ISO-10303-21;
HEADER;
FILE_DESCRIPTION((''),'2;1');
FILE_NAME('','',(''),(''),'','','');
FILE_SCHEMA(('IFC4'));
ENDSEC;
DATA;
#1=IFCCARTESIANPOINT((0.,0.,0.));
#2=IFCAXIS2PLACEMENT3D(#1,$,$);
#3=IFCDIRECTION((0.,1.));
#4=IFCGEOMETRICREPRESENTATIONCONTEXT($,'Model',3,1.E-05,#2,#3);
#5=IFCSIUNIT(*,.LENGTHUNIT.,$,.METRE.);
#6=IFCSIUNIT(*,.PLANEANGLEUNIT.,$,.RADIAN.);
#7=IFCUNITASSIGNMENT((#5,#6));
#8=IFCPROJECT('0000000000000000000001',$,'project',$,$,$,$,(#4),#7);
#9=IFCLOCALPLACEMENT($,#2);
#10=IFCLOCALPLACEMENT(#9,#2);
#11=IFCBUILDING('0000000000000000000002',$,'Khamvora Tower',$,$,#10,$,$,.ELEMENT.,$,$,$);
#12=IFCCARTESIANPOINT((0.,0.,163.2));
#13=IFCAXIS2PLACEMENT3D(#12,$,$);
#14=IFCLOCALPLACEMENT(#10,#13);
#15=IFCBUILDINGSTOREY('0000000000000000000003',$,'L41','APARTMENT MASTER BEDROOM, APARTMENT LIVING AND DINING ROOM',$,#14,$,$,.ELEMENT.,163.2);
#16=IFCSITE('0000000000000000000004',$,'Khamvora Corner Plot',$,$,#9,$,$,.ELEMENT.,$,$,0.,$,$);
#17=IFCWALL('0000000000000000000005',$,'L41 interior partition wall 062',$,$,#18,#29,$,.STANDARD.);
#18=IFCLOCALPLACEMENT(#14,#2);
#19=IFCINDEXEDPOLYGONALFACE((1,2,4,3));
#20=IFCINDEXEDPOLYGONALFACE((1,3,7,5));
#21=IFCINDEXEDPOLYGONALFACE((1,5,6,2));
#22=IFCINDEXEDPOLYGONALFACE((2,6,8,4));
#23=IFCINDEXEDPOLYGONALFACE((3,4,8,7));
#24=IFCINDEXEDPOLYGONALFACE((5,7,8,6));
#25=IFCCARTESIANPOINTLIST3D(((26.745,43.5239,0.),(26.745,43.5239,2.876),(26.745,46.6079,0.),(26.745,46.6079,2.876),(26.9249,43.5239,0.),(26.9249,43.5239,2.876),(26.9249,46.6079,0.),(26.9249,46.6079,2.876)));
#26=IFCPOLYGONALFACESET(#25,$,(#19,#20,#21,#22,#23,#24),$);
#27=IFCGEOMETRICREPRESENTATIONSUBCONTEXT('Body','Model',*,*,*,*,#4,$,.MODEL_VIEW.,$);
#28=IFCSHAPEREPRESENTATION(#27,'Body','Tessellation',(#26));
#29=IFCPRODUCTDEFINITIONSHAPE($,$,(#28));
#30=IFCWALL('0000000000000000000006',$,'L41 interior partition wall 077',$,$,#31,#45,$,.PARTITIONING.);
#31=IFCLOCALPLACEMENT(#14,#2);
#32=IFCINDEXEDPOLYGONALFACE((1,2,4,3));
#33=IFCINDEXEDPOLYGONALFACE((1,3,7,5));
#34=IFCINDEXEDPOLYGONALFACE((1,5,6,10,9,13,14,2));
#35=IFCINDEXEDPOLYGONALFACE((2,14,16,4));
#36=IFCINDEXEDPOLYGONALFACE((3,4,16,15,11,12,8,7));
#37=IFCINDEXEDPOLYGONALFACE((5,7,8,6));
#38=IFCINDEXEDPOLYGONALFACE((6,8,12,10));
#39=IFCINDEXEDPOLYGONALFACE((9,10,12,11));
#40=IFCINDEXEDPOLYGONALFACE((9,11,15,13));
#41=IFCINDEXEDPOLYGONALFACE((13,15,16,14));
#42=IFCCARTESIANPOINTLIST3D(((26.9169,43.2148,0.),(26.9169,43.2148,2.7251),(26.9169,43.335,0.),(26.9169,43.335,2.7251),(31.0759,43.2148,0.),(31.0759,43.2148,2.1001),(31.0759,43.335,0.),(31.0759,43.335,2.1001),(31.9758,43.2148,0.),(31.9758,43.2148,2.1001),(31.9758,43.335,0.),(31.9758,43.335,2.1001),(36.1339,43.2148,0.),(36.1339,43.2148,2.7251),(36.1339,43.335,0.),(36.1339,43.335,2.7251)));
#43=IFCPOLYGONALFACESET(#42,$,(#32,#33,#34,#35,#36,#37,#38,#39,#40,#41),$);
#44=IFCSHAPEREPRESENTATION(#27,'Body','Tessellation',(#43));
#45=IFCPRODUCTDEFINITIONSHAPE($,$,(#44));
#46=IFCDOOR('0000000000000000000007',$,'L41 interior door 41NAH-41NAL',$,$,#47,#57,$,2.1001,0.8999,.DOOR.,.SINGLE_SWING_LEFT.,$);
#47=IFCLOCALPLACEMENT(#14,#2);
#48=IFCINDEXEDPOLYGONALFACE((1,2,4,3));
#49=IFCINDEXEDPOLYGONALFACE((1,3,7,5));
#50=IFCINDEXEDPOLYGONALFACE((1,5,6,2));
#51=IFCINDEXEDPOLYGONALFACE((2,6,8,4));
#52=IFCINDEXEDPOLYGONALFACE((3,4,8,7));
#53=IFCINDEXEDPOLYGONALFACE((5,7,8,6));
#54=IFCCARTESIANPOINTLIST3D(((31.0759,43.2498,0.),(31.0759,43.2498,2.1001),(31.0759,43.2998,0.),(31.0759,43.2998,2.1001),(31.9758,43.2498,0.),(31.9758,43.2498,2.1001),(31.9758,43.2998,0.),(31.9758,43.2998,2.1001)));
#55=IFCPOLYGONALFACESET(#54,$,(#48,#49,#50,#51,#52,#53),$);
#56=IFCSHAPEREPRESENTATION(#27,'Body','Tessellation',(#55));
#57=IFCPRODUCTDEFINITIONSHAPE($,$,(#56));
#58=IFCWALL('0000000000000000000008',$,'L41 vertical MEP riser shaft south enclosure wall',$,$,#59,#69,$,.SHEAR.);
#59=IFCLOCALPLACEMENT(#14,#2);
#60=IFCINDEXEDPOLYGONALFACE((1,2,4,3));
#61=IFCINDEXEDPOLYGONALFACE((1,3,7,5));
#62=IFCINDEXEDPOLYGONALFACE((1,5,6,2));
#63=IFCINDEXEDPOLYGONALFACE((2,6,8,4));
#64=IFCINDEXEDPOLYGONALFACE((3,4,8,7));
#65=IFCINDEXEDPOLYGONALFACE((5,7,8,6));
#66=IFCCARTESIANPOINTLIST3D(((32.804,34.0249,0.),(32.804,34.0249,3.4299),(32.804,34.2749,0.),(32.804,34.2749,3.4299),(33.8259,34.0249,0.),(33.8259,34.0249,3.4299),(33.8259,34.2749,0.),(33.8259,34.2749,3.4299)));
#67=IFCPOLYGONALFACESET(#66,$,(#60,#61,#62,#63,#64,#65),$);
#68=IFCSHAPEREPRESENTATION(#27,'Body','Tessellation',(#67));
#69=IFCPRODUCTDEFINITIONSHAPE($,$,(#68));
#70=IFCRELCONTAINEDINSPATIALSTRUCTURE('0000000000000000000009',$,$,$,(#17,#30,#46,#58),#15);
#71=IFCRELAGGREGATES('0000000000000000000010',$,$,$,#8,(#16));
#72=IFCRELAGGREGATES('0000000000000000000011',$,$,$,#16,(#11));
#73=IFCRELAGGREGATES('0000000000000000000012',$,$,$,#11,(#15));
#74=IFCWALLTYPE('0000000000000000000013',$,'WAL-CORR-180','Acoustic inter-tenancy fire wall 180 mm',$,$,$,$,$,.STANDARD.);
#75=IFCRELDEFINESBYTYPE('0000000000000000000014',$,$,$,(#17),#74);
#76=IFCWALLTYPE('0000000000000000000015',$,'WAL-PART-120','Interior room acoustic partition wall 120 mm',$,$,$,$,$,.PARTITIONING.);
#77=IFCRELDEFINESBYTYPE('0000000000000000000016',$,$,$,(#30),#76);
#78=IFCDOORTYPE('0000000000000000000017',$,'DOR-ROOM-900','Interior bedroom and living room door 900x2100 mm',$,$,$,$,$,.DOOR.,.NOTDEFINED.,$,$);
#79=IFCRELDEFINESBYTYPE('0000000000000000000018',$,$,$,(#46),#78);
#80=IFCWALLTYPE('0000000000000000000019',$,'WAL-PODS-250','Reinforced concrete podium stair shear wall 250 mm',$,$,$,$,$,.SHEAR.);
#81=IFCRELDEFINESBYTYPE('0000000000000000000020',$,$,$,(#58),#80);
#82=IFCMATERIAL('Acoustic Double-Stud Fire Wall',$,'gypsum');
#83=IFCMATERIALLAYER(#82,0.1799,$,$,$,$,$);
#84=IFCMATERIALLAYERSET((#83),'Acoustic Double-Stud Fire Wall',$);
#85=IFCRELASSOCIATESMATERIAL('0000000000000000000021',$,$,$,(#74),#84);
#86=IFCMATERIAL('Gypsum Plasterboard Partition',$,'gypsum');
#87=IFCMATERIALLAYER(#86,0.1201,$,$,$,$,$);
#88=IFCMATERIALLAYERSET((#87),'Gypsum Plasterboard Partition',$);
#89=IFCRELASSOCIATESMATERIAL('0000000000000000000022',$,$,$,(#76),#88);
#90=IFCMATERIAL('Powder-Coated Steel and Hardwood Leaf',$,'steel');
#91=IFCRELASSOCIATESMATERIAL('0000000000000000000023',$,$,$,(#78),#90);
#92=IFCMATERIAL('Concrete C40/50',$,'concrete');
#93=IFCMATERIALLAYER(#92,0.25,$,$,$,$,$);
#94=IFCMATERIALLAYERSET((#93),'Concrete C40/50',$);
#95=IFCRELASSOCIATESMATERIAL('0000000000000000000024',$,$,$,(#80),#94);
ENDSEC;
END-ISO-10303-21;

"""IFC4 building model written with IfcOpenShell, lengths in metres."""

from ifc_helpers import new_model, si_unit, direction, frame, frame_2d, origin, place, context, subcontext, project, spatial, rectangle, extrude, material, layer, layer_set, type_object, element, fill, save


model = new_model("IFC4")

# Units and contexts
model_context = context("Model", 3, precision=1e-05, world=origin(), true_north=direction((0.0, 1.0)))
body_context = subcontext(model_context, "Body", "Model", "MODEL_VIEW")
ifc_project = project(units=[si_unit("LENGTHUNIT", "METRE"), si_unit("PLANEANGLEUNIT", "RADIAN")], contexts=[model_context])

# Site, building, storey
site_placement = place(None, origin())
site = spatial("IfcSite", under=ifc_project, at=site_placement, Name="Khamvora Corner Plot", CompositionType="ELEMENT", RefElevation=0.0)
building_placement = place(site_placement, origin())
building = spatial("IfcBuilding", under=site, at=building_placement, Name="Khamvora Tower", CompositionType="ELEMENT")
storey_placement = place(building_placement, frame((0.0, 0.0, 163.2)))
storey = spatial("IfcBuildingStorey", under=building, at=storey_placement, Name="L41", Description="APARTMENT MASTER BEDROOM, APARTMENT LIVING AND DINING ROOM", CompositionType="ELEMENT", Elevation=163.2)

# Shared definitions
ifc_material_1 = material(Name="Powder-Coated Steel and Hardwood Leaf", Category="steel")

# Wall
ifc_material_2 = material(Name="Acoustic Double-Stud Fire Wall", Category="gypsum")
ifc_layer_1 = layer(ifc_material_2, 0.1799)
ifc_layer_set_1 = layer_set([ifc_layer_1], Name="Acoustic Double-Stud Fire Wall")
wall_type_1 = type_object("IfcWallType", Name="WAL-CORR-180", Description="Acoustic inter-tenancy fire wall 180 mm", PredefinedType="STANDARD", material=ifc_layer_set_1)
wall_1_placement = place(storey_placement, frame((26.835, 46.6079, 0.0), z_axis=(0.0, 0.0, 1.0), x_axis=(0.0, -1.0, 0.0)))
element("IfcWall", 1, at=wall_1_placement, inside=storey, type_object=wall_type_1, Name="L41 interior partition wall 062", PredefinedType="STANDARD", context=body_context, shape_type="SweptSolid", body=[
    extrude(rectangle(XDim=3.084, YDim=0.1799, at=frame_2d((1.542, 0.0))), origin(), (0.0, 0.0, 1.0), 2.876),
])

# Wall, opening, door
ifc_material_3 = material(Name="Gypsum Plasterboard Partition", Category="gypsum")
ifc_layer_2 = layer(ifc_material_3, 0.1201)
ifc_layer_set_2 = layer_set([ifc_layer_2], Name="Gypsum Plasterboard Partition")
wall_type_2 = type_object("IfcWallType", Name="WAL-PART-120", Description="Interior room acoustic partition wall 120 mm", PredefinedType="PARTITIONING", material=ifc_layer_set_2)
wall_2_placement = place(storey_placement, frame((26.917, 43.2749, 0.0), z_axis=(0.0, 0.0, 1.0), x_axis=(1.0, 0.0, 0.0)))
wall_2 = element("IfcWall", 2, at=wall_2_placement, inside=storey, type_object=wall_type_2, Name="L41 interior partition wall 077", PredefinedType="PARTITIONING", context=body_context, shape_type="SweptSolid", body=[
    extrude(rectangle(XDim=9.217, YDim=0.1201, at=frame_2d((4.6084, 0.0))), origin(), (0.0, 0.0, 1.0), 2.7251),
])
opening_1_placement = place(wall_2_placement, frame((4.1589, 0.0, 0.0)))
opening_1 = element("IfcOpeningElement", 3, at=opening_1_placement, cuts=wall_2, PredefinedType="OPENING", context=body_context, shape_type="SweptSolid", body=[
    extrude(rectangle(XDim=0.8999, YDim=2.1001, at=frame_2d((0.45, 1.05))), frame((0.0, 0.0701, 0.0), z_axis=(0.0, -1.0, 0.0), x_axis=(1.0, 0.0, 0.0)), (0.0, 0.0, 1.0), 0.1401),
])
door_type_1 = type_object("IfcDoorType", Name="DOR-ROOM-900", Description="Interior bedroom and living room door 900x2100 mm", OperationType="NOTDEFINED", PredefinedType="DOOR", material=ifc_material_1)
door_1_placement = place(opening_1_placement, origin())
door_1 = element("IfcDoor", 4, at=door_1_placement, inside=storey, type_object=door_type_1, Name="L41 interior door 41NAH-41NAL", OperationType="SINGLE_SWING_LEFT", OverallHeight=2.1001, OverallWidth=0.8999, PredefinedType="DOOR", context=body_context, shape_type="SweptSolid", body=[
    extrude(rectangle(XDim=0.8999, YDim=2.1001, at=frame_2d((0.45, 1.05))), frame((0.0, 0.0249, 0.0), z_axis=(0.0, -1.0, 0.0), x_axis=(1.0, 0.0, 0.0)), (0.0, 0.0, 1.0), 0.05),
])
fill(opening_1, door_1)

# Wall
ifc_material_4 = material(Name="Concrete C40/50", Category="concrete")
ifc_layer_3 = layer(ifc_material_4, 0.25)
ifc_layer_set_3 = layer_set([ifc_layer_3], Name="Concrete C40/50")
wall_type_3 = type_object("IfcWallType", Name="WAL-PODS-250", Description="Reinforced concrete podium stair shear wall 250 mm", PredefinedType="SHEAR", material=ifc_layer_set_3)
wall_3_placement = place(storey_placement, frame((32.804, 34.1499, 0.0), z_axis=(0.0, 0.0, 1.0), x_axis=(1.0, 0.0, 0.0)))
element("IfcWall", 5, at=wall_3_placement, inside=storey, type_object=wall_type_3, Name="L41 vertical MEP riser shaft south enclosure wall", PredefinedType="SHEAR", context=body_context, shape_type="SweptSolid", body=[
    extrude(rectangle(XDim=1.022, YDim=0.25, at=frame_2d((0.511, 0.0))), origin(), (0.0, 0.0, 1.0), 3.4299),
])

save(model, "model.ifc")
